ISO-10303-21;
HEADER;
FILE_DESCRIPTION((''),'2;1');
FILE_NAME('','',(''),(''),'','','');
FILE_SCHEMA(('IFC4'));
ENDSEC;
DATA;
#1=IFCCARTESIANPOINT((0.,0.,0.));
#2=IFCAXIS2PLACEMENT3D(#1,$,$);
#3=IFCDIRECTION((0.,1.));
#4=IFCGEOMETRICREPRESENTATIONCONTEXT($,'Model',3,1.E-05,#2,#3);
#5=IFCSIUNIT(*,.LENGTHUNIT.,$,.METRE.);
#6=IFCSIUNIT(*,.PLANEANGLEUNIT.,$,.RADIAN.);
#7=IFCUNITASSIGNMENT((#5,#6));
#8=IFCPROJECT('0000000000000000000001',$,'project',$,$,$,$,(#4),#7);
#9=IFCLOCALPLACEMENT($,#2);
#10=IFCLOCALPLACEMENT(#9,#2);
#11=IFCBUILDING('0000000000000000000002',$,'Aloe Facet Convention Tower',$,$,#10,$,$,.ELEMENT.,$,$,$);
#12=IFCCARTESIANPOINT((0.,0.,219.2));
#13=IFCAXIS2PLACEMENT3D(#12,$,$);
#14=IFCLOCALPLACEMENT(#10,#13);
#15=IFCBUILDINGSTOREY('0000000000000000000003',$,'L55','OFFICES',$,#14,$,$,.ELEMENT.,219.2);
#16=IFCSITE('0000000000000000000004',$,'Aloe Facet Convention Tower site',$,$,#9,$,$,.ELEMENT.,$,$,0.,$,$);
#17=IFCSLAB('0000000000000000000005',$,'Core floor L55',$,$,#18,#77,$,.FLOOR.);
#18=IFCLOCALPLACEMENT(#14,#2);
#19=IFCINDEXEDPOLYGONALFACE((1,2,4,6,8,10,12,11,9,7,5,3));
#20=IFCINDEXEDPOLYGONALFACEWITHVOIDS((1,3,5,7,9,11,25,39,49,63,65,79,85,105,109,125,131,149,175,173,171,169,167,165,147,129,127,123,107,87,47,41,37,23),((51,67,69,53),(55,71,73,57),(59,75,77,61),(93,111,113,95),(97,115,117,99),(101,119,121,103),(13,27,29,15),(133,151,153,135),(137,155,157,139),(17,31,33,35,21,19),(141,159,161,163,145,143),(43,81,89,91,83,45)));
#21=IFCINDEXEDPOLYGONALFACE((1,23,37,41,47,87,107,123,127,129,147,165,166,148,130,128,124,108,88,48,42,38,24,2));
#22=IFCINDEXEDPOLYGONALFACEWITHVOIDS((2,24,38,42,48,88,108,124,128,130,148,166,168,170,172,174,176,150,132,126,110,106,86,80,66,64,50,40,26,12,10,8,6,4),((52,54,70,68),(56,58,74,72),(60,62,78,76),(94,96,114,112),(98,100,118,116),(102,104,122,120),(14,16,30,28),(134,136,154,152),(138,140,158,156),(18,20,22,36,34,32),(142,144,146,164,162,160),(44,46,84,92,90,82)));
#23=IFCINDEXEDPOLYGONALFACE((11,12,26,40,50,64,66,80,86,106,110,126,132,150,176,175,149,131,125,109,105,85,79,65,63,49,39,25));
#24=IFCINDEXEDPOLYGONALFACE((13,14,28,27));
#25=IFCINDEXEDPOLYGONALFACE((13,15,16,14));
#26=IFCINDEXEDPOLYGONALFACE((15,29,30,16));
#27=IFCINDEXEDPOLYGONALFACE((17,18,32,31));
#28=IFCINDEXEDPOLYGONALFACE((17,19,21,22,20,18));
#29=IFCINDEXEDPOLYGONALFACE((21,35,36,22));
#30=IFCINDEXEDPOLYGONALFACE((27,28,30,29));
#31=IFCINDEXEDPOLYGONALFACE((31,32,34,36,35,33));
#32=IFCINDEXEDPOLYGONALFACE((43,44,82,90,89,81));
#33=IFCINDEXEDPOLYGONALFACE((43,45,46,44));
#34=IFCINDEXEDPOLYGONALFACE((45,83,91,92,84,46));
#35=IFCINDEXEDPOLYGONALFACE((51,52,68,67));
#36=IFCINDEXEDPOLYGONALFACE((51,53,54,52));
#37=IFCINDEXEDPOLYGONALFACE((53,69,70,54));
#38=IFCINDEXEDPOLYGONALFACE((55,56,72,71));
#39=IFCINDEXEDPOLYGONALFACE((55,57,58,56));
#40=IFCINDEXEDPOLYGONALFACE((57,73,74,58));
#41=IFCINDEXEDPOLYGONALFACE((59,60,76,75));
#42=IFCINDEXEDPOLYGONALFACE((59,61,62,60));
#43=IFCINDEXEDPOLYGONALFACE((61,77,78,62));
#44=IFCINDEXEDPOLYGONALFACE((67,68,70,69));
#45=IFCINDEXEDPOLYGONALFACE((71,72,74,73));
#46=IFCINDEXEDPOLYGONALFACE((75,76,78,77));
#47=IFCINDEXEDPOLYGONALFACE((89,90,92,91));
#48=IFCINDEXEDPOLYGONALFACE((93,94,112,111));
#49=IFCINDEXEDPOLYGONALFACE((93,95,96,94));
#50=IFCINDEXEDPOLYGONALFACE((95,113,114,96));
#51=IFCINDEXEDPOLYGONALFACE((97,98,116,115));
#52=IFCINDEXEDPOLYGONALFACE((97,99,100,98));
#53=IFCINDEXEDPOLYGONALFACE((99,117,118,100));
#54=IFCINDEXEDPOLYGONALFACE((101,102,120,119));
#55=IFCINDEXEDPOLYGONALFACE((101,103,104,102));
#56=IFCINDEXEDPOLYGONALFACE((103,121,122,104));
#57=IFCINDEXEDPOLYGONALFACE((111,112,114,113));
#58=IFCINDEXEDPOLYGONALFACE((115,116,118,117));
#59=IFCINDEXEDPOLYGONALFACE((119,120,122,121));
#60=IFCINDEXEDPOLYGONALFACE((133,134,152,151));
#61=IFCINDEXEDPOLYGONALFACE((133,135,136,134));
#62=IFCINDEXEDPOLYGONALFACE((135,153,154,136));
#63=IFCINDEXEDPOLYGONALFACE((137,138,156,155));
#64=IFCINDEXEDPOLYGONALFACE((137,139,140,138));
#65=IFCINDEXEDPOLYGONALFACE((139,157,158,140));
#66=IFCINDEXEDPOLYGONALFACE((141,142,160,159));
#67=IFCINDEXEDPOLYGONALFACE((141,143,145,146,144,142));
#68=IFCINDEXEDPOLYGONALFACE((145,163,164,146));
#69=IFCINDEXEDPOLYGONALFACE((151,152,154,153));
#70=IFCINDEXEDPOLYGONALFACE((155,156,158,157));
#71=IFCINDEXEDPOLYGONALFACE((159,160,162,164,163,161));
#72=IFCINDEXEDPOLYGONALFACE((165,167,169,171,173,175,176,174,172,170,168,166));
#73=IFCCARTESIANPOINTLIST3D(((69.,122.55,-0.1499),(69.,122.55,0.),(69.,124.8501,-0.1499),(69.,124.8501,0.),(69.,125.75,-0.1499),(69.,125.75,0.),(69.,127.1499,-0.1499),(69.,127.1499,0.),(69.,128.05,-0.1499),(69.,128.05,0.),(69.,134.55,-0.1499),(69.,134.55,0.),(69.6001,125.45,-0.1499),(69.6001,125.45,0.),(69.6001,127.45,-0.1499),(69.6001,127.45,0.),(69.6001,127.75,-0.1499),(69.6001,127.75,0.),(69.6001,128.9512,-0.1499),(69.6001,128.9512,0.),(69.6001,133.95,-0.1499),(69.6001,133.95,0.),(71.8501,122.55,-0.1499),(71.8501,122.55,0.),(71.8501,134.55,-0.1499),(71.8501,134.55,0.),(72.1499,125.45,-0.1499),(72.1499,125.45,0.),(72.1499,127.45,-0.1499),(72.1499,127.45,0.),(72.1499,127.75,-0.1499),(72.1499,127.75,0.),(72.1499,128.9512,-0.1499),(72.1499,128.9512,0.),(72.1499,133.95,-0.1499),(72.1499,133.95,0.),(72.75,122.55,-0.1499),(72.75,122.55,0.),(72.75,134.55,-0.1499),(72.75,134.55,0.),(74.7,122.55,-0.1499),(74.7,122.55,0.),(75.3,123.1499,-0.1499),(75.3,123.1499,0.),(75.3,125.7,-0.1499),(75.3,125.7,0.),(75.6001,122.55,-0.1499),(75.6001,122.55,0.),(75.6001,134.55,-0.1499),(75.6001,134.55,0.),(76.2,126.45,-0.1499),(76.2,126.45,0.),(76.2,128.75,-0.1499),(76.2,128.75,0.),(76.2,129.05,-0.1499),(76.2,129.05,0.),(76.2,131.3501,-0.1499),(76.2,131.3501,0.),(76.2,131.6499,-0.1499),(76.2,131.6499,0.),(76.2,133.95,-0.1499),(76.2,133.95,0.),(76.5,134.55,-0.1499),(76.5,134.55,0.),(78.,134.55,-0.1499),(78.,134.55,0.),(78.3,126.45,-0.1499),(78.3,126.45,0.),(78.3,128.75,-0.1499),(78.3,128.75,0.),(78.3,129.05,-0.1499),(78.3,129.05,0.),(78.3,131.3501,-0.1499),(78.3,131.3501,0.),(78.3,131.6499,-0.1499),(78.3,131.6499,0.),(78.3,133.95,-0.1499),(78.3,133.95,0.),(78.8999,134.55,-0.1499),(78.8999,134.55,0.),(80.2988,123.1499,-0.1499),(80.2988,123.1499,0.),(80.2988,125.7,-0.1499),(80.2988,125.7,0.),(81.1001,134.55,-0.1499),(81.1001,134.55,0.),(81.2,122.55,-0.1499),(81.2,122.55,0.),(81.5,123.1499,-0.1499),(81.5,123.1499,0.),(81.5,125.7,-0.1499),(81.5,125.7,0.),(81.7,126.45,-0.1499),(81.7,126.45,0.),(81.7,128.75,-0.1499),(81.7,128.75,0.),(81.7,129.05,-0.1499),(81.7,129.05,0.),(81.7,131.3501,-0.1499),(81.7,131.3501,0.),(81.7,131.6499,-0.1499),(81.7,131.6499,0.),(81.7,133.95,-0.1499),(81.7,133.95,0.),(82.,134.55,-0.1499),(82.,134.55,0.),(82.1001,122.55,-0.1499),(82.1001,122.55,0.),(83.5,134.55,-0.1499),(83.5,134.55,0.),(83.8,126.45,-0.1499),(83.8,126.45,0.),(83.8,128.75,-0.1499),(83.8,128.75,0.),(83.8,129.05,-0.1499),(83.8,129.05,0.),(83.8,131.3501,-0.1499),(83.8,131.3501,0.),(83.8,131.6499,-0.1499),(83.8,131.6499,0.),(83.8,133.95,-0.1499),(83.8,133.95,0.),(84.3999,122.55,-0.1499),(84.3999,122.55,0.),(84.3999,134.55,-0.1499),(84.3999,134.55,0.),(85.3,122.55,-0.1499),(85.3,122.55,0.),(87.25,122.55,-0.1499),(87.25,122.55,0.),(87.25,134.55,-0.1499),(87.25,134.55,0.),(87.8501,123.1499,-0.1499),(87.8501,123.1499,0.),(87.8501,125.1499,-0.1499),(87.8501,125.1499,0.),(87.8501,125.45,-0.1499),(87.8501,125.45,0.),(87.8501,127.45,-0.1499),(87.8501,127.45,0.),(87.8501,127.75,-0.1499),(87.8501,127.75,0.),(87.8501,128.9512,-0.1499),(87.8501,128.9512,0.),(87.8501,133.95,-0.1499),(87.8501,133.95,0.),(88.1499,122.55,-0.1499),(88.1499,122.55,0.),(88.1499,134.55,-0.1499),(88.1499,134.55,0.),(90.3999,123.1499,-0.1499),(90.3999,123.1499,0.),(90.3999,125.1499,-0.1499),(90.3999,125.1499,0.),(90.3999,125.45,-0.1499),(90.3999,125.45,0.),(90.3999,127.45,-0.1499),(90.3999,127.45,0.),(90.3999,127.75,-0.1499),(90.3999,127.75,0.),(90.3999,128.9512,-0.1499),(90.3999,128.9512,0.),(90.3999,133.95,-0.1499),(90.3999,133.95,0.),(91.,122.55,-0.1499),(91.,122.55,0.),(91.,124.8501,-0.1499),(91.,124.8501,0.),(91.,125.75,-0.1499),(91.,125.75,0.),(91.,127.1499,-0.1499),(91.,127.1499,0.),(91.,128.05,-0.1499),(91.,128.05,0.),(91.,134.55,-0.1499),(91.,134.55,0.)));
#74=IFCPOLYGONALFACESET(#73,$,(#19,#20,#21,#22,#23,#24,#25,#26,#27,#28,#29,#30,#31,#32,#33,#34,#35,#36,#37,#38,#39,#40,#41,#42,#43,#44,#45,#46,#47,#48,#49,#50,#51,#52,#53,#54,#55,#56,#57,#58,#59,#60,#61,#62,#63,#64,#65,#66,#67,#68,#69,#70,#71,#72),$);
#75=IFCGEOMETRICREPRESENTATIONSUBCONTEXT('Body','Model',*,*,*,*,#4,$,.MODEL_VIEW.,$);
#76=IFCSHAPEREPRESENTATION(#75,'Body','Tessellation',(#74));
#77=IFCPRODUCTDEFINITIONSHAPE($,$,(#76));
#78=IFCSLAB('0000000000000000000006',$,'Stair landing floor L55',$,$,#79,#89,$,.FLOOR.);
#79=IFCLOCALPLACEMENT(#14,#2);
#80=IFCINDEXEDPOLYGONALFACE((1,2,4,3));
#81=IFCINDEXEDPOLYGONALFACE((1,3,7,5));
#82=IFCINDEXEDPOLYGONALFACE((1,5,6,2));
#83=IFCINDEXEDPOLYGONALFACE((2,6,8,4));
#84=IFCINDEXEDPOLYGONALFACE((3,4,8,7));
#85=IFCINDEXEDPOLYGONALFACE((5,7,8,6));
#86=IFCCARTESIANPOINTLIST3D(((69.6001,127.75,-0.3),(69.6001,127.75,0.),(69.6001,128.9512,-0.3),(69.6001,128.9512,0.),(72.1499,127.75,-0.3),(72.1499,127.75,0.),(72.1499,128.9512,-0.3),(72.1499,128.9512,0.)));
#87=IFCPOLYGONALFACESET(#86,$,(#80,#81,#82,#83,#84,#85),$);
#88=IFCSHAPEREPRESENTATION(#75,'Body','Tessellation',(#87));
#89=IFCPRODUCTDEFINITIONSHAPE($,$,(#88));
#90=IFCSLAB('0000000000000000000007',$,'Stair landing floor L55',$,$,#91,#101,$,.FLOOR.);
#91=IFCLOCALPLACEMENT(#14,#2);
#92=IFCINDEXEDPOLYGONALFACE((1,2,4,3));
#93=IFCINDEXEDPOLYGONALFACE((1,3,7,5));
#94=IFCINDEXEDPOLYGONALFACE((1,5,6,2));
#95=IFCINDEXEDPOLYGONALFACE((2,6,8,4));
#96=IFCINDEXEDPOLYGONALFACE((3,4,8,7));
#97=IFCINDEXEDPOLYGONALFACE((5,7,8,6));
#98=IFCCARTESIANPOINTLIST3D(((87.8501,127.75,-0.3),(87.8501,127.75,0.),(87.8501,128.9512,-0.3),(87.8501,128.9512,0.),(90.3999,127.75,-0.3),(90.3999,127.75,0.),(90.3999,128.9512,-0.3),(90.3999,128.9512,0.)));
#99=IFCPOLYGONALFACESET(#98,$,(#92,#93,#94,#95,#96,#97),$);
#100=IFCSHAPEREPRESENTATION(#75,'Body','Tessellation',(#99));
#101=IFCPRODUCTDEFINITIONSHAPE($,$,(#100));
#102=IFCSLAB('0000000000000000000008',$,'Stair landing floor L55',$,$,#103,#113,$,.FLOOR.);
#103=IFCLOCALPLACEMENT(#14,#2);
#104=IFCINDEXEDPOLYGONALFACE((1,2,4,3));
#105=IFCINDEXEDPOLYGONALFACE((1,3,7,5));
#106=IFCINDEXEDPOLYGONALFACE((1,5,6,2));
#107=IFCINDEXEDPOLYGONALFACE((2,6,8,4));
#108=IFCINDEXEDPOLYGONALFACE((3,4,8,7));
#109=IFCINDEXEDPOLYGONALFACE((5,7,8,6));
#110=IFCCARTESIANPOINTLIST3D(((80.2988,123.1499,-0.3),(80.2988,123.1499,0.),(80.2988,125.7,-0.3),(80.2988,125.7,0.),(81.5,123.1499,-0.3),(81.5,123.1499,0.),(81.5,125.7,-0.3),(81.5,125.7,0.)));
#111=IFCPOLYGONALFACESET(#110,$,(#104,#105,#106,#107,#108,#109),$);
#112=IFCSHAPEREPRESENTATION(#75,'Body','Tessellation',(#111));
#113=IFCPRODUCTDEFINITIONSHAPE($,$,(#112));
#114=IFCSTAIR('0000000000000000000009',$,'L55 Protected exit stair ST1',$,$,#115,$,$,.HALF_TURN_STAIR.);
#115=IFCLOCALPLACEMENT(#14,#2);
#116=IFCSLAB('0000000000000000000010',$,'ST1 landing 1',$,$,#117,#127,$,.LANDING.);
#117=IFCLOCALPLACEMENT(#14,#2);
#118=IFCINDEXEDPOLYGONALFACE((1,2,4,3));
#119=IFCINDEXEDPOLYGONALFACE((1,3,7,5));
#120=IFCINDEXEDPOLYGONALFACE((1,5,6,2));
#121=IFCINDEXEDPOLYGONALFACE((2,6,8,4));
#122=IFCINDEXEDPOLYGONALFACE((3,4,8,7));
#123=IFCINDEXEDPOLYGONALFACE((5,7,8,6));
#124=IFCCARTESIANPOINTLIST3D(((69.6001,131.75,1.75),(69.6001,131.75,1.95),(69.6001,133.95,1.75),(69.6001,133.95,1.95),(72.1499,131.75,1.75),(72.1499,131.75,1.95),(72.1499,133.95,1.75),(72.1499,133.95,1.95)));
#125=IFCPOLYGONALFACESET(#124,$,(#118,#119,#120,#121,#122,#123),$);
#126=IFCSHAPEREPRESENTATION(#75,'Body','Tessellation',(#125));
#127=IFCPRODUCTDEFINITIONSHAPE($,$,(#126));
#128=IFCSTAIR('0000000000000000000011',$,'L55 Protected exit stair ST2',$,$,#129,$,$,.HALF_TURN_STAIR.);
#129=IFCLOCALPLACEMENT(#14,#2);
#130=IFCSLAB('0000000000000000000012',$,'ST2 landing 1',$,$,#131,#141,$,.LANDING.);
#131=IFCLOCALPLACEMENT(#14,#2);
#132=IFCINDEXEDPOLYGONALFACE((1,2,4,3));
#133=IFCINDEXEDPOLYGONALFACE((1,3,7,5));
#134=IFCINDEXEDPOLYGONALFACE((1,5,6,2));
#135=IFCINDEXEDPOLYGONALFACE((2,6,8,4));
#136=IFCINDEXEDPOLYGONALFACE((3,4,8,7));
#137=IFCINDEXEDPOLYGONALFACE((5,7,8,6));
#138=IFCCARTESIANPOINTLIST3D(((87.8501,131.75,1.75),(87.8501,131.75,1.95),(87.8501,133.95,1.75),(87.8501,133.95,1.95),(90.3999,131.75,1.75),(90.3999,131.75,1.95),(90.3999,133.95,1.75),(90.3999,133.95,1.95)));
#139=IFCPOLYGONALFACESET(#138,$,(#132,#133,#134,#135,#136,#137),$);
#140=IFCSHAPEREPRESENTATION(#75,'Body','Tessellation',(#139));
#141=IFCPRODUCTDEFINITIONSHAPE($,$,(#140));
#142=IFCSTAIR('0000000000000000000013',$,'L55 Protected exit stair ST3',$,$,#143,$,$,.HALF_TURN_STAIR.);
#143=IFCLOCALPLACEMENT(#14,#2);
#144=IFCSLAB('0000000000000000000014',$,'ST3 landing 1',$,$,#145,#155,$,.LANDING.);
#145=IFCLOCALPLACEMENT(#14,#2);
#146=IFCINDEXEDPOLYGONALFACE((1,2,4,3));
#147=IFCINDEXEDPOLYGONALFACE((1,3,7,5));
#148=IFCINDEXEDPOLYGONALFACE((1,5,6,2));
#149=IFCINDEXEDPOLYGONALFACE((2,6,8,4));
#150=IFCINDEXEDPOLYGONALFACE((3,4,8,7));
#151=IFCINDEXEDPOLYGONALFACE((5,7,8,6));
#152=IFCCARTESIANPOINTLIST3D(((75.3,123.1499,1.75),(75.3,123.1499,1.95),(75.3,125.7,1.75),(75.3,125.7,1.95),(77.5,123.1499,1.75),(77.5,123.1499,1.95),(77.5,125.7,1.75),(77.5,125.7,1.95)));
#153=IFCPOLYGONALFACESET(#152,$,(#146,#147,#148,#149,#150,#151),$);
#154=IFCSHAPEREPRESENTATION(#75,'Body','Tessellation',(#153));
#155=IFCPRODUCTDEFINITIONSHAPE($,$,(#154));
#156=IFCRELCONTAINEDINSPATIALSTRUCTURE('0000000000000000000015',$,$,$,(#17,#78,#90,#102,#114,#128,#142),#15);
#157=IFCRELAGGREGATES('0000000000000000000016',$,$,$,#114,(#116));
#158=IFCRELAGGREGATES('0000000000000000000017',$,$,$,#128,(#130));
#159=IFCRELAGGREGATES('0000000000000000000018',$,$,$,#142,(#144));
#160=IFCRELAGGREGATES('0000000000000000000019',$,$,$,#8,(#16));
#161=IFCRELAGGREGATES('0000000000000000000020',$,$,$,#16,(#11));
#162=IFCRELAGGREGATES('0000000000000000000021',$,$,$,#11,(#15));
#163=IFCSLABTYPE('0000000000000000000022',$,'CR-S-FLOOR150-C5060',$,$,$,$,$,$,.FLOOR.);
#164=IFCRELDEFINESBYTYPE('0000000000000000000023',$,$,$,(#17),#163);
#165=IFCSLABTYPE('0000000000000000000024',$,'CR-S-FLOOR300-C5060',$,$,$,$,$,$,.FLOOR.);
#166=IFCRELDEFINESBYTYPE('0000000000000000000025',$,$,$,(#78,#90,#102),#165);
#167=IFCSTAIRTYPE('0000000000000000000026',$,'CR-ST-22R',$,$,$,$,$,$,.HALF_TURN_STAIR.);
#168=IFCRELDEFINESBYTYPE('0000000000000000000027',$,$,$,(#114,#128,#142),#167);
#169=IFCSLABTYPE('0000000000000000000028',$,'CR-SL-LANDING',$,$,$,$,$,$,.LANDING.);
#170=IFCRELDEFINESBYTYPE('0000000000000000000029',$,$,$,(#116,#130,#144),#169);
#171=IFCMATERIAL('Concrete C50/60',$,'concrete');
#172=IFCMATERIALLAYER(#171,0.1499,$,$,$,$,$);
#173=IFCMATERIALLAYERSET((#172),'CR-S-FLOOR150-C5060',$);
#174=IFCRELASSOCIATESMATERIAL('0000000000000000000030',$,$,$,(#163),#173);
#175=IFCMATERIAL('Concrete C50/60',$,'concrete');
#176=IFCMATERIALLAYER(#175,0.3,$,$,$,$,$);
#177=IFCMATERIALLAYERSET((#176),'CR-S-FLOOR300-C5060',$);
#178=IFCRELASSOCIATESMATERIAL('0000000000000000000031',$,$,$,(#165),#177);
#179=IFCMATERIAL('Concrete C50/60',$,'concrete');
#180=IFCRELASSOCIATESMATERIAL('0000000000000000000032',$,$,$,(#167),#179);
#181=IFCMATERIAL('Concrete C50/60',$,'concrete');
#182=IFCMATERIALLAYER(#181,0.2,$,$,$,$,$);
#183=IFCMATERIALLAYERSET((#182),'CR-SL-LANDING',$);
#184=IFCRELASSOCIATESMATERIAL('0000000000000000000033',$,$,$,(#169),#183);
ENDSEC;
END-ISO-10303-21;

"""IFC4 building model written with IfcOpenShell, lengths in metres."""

from ifc_helpers import new_model, si_unit, direction, frame, origin, place, context, subcontext, project, spatial, polyline, outline, extrude, material, layer, layer_set, type_object, element, aggregate, save


model = new_model("IFC4")

# Units and contexts
model_context = context("Model", 3, precision=1e-05, world=origin(), true_north=direction((0.0, 1.0)))
body_context = subcontext(model_context, "Body", "Model", "MODEL_VIEW")
ifc_project = project(units=[si_unit("LENGTHUNIT", "METRE"), si_unit("PLANEANGLEUNIT", "RADIAN")], contexts=[model_context])

# Site, building, storey
site_placement = place(None, origin())
site = spatial("IfcSite", under=ifc_project, at=site_placement, Name="Aloe Facet Convention Tower site", CompositionType="ELEMENT", RefElevation=0.0)
building_placement = place(site_placement, origin())
building = spatial("IfcBuilding", under=site, at=building_placement, Name="Aloe Facet Convention Tower", CompositionType="ELEMENT")
storey_placement = place(building_placement, frame((0.0, 0.0, 219.2)))
storey = spatial("IfcBuildingStorey", under=building, at=storey_placement, Name="L55", Description="OFFICES", CompositionType="ELEMENT", Elevation=219.2)

# Slabs
ifc_material_1 = material(Name="Concrete C50/60", Category="concrete")
ifc_layer_1 = layer(ifc_material_1, 0.1499)
ifc_layer_set_1 = layer_set([ifc_layer_1], Name="CR-S-FLOOR150-C5060")
slab_type_1 = type_object("IfcSlabType", Name="CR-S-FLOOR150-C5060", PredefinedType="FLOOR", material=ifc_layer_set_1)
slab_1_placement = place(storey_placement, frame((0.0, 0.0, -0.1499)))
element("IfcSlab", 1, at=slab_1_placement, inside=storey, type_object=slab_type_1, Name="Core floor L55", PredefinedType="FLOOR", context=body_context, shape_type="SweptSolid", body=[
    extrude(outline(polyline([(71.8501, 134.55), (72.75, 134.55), (75.6001, 134.55), (76.5, 134.55), (78.0, 134.55), (78.8999, 134.55), (81.1001, 134.55), (82.0, 134.55), (83.5, 134.55), (84.3999, 134.55), (87.25, 134.55), (88.1499, 134.55), (91.0, 134.55), (91.0, 128.05), (91.0, 127.1499), (91.0, 125.75), (91.0, 124.8501), (91.0, 122.55), (88.1499, 122.55), (87.25, 122.55), (85.3, 122.55), (84.3999, 122.55), (82.1001, 122.55), (81.2, 122.55), (75.6001, 122.55), (74.7, 122.55), (72.75, 122.55), (71.8501, 122.55), (69.0, 122.55), (69.0, 124.8501), (69.0, 125.75), (69.0, 127.1499), (69.0, 128.05), (69.0, 134.55), (71.8501, 134.55)]), holes=[polyline([(80.2988, 123.1499), (81.5, 123.1499), (81.5, 125.7), (80.2988, 125.7), (75.3, 125.7), (75.3, 123.1499), (80.2988, 123.1499)]), polyline([(69.6001, 125.45), (72.1499, 125.45), (72.1499, 127.45), (69.6001, 127.45), (69.6001, 125.45)]), polyline([(76.2, 126.45), (78.3, 126.45), (78.3, 128.75), (76.2, 128.75), (76.2, 126.45)]), polyline([(78.3, 129.05), (78.3, 131.3501), (76.2, 131.3501), (76.2, 129.05), (78.3, 129.05)]), polyline([(69.6001, 133.95), (69.6001, 128.9512), (69.6001, 127.75), (72.1499, 127.75), (72.1499, 128.9512), (72.1499, 133.95), (69.6001, 133.95)]), polyline([(76.2, 131.6499), (78.3, 131.6499), (78.3, 133.95), (76.2, 133.95), (76.2, 131.6499)]), polyline([(90.3999, 123.1499), (90.3999, 125.1499), (87.8501, 125.1499), (87.8501, 123.1499), (90.3999, 123.1499)]), polyline([(87.8501, 125.45), (90.3999, 125.45), (90.3999, 127.45), (87.8501, 127.45), (87.8501, 125.45)]), polyline([(81.7, 126.45), (83.8, 126.45), (83.8, 128.75), (81.7, 128.75), (81.7, 126.45)]), polyline([(83.8, 129.05), (83.8, 131.3501), (81.7, 131.3501), (81.7, 129.05), (83.8, 129.05)]), polyline([(87.8501, 133.95), (87.8501, 128.9512), (87.8501, 127.75), (90.3999, 127.75), (90.3999, 128.9512), (90.3999, 133.95), (87.8501, 133.95)]), polyline([(81.7, 131.6499), (83.8, 131.6499), (83.8, 133.95), (81.7, 133.95), (81.7, 131.6499)])]), origin(), (0.0, 0.0, 1.0), 0.1499),
])
ifc_material_2 = material(Name="Concrete C50/60", Category="concrete")
ifc_layer_2 = layer(ifc_material_2, 0.3)
ifc_layer_set_2 = layer_set([ifc_layer_2], Name="CR-S-FLOOR300-C5060")
slab_type_2 = type_object("IfcSlabType", Name="CR-S-FLOOR300-C5060", PredefinedType="FLOOR", material=ifc_layer_set_2)
slab_2_placement = place(storey_placement, frame((0.0, 0.0, -0.3)))
element("IfcSlab", 2, at=slab_2_placement, inside=storey, type_object=slab_type_2, Name="Stair landing floor L55", PredefinedType="FLOOR", context=body_context, shape_type="SweptSolid", body=[
    extrude(outline(polyline([(72.1499, 127.75), (72.1499, 128.9512), (69.6001, 128.9512), (69.6001, 127.75), (72.1499, 127.75)])), origin(), (0.0, 0.0, 1.0), 0.3),
])
slab_3_placement = place(storey_placement, frame((0.0, 0.0, -0.3)))
element("IfcSlab", 3, at=slab_3_placement, inside=storey, type_object=slab_type_2, Name="Stair landing floor L55", PredefinedType="FLOOR", context=body_context, shape_type="SweptSolid", body=[
    extrude(outline(polyline([(90.3999, 127.75), (90.3999, 128.9512), (87.8501, 128.9512), (87.8501, 127.75), (90.3999, 127.75)])), origin(), (0.0, 0.0, 1.0), 0.3),
])
slab_4_placement = place(storey_placement, frame((0.0, 0.0, -0.3)))
element("IfcSlab", 4, at=slab_4_placement, inside=storey, type_object=slab_type_2, Name="Stair landing floor L55", PredefinedType="FLOOR", context=body_context, shape_type="SweptSolid", body=[
    extrude(outline(polyline([(81.5, 125.7), (80.2988, 125.7), (80.2988, 123.1499), (81.5, 123.1499), (81.5, 125.7)])), origin(), (0.0, 0.0, 1.0), 0.3),
])

# Stairs, slabs
ifc_material_3 = material(Name="Concrete C50/60", Category="concrete")
stair_type = type_object("IfcStairType", Name="CR-ST-22R", PredefinedType="HALF_TURN_STAIR", material=ifc_material_3)
stair_1_placement = place(storey_placement, origin())
stair_1 = element("IfcStair", 5, at=stair_1_placement, inside=storey, type_object=stair_type, Name="L55 Protected exit stair ST1", PredefinedType="HALF_TURN_STAIR")
ifc_material_4 = material(Name="Concrete C50/60", Category="concrete")
ifc_layer_3 = layer(ifc_material_4, 0.2)
ifc_layer_set_3 = layer_set([ifc_layer_3], Name="CR-SL-LANDING")
slab_type_3 = type_object("IfcSlabType", Name="CR-SL-LANDING", PredefinedType="LANDING", material=ifc_layer_set_3)
slab_5_placement = place(storey_placement, frame((0.0, 0.0, 1.75)))
slab_5 = element("IfcSlab", 6, at=slab_5_placement, type_object=slab_type_3, Name="ST1 landing 1", PredefinedType="LANDING", context=body_context, shape_type="SweptSolid", body=[
    extrude(outline(polyline([(72.1499, 131.75), (72.1499, 133.95), (69.6001, 133.95), (69.6001, 131.75), (72.1499, 131.75)])), origin(), (0.0, 0.0, 1.0), 0.2),
])
aggregate(stair_1, [slab_5])
stair_2_placement = place(storey_placement, origin())
stair_2 = element("IfcStair", 7, at=stair_2_placement, inside=storey, type_object=stair_type, Name="L55 Protected exit stair ST2", PredefinedType="HALF_TURN_STAIR")
slab_6_placement = place(storey_placement, frame((0.0, 0.0, 1.75)))
slab_6 = element("IfcSlab", 8, at=slab_6_placement, type_object=slab_type_3, Name="ST2 landing 1", PredefinedType="LANDING", context=body_context, shape_type="SweptSolid", body=[
    extrude(outline(polyline([(90.3999, 131.75), (90.3999, 133.95), (87.8501, 133.95), (87.8501, 131.75), (90.3999, 131.75)])), origin(), (0.0, 0.0, 1.0), 0.2),
])
aggregate(stair_2, [slab_6])
stair_3_placement = place(storey_placement, origin())
stair_3 = element("IfcStair", 9, at=stair_3_placement, inside=storey, type_object=stair_type, Name="L55 Protected exit stair ST3", PredefinedType="HALF_TURN_STAIR")
slab_7_placement = place(storey_placement, frame((0.0, 0.0, 1.75)))
slab_7 = element("IfcSlab", 10, at=slab_7_placement, type_object=slab_type_3, Name="ST3 landing 1", PredefinedType="LANDING", context=body_context, shape_type="SweptSolid", body=[
    extrude(outline(polyline([(77.5, 125.7), (75.3, 125.7), (75.3, 123.1499), (77.5, 123.1499), (77.5, 125.7)])), origin(), (0.0, 0.0, 1.0), 0.2),
])
aggregate(stair_3, [slab_7])

save(model, "model.ifc")
